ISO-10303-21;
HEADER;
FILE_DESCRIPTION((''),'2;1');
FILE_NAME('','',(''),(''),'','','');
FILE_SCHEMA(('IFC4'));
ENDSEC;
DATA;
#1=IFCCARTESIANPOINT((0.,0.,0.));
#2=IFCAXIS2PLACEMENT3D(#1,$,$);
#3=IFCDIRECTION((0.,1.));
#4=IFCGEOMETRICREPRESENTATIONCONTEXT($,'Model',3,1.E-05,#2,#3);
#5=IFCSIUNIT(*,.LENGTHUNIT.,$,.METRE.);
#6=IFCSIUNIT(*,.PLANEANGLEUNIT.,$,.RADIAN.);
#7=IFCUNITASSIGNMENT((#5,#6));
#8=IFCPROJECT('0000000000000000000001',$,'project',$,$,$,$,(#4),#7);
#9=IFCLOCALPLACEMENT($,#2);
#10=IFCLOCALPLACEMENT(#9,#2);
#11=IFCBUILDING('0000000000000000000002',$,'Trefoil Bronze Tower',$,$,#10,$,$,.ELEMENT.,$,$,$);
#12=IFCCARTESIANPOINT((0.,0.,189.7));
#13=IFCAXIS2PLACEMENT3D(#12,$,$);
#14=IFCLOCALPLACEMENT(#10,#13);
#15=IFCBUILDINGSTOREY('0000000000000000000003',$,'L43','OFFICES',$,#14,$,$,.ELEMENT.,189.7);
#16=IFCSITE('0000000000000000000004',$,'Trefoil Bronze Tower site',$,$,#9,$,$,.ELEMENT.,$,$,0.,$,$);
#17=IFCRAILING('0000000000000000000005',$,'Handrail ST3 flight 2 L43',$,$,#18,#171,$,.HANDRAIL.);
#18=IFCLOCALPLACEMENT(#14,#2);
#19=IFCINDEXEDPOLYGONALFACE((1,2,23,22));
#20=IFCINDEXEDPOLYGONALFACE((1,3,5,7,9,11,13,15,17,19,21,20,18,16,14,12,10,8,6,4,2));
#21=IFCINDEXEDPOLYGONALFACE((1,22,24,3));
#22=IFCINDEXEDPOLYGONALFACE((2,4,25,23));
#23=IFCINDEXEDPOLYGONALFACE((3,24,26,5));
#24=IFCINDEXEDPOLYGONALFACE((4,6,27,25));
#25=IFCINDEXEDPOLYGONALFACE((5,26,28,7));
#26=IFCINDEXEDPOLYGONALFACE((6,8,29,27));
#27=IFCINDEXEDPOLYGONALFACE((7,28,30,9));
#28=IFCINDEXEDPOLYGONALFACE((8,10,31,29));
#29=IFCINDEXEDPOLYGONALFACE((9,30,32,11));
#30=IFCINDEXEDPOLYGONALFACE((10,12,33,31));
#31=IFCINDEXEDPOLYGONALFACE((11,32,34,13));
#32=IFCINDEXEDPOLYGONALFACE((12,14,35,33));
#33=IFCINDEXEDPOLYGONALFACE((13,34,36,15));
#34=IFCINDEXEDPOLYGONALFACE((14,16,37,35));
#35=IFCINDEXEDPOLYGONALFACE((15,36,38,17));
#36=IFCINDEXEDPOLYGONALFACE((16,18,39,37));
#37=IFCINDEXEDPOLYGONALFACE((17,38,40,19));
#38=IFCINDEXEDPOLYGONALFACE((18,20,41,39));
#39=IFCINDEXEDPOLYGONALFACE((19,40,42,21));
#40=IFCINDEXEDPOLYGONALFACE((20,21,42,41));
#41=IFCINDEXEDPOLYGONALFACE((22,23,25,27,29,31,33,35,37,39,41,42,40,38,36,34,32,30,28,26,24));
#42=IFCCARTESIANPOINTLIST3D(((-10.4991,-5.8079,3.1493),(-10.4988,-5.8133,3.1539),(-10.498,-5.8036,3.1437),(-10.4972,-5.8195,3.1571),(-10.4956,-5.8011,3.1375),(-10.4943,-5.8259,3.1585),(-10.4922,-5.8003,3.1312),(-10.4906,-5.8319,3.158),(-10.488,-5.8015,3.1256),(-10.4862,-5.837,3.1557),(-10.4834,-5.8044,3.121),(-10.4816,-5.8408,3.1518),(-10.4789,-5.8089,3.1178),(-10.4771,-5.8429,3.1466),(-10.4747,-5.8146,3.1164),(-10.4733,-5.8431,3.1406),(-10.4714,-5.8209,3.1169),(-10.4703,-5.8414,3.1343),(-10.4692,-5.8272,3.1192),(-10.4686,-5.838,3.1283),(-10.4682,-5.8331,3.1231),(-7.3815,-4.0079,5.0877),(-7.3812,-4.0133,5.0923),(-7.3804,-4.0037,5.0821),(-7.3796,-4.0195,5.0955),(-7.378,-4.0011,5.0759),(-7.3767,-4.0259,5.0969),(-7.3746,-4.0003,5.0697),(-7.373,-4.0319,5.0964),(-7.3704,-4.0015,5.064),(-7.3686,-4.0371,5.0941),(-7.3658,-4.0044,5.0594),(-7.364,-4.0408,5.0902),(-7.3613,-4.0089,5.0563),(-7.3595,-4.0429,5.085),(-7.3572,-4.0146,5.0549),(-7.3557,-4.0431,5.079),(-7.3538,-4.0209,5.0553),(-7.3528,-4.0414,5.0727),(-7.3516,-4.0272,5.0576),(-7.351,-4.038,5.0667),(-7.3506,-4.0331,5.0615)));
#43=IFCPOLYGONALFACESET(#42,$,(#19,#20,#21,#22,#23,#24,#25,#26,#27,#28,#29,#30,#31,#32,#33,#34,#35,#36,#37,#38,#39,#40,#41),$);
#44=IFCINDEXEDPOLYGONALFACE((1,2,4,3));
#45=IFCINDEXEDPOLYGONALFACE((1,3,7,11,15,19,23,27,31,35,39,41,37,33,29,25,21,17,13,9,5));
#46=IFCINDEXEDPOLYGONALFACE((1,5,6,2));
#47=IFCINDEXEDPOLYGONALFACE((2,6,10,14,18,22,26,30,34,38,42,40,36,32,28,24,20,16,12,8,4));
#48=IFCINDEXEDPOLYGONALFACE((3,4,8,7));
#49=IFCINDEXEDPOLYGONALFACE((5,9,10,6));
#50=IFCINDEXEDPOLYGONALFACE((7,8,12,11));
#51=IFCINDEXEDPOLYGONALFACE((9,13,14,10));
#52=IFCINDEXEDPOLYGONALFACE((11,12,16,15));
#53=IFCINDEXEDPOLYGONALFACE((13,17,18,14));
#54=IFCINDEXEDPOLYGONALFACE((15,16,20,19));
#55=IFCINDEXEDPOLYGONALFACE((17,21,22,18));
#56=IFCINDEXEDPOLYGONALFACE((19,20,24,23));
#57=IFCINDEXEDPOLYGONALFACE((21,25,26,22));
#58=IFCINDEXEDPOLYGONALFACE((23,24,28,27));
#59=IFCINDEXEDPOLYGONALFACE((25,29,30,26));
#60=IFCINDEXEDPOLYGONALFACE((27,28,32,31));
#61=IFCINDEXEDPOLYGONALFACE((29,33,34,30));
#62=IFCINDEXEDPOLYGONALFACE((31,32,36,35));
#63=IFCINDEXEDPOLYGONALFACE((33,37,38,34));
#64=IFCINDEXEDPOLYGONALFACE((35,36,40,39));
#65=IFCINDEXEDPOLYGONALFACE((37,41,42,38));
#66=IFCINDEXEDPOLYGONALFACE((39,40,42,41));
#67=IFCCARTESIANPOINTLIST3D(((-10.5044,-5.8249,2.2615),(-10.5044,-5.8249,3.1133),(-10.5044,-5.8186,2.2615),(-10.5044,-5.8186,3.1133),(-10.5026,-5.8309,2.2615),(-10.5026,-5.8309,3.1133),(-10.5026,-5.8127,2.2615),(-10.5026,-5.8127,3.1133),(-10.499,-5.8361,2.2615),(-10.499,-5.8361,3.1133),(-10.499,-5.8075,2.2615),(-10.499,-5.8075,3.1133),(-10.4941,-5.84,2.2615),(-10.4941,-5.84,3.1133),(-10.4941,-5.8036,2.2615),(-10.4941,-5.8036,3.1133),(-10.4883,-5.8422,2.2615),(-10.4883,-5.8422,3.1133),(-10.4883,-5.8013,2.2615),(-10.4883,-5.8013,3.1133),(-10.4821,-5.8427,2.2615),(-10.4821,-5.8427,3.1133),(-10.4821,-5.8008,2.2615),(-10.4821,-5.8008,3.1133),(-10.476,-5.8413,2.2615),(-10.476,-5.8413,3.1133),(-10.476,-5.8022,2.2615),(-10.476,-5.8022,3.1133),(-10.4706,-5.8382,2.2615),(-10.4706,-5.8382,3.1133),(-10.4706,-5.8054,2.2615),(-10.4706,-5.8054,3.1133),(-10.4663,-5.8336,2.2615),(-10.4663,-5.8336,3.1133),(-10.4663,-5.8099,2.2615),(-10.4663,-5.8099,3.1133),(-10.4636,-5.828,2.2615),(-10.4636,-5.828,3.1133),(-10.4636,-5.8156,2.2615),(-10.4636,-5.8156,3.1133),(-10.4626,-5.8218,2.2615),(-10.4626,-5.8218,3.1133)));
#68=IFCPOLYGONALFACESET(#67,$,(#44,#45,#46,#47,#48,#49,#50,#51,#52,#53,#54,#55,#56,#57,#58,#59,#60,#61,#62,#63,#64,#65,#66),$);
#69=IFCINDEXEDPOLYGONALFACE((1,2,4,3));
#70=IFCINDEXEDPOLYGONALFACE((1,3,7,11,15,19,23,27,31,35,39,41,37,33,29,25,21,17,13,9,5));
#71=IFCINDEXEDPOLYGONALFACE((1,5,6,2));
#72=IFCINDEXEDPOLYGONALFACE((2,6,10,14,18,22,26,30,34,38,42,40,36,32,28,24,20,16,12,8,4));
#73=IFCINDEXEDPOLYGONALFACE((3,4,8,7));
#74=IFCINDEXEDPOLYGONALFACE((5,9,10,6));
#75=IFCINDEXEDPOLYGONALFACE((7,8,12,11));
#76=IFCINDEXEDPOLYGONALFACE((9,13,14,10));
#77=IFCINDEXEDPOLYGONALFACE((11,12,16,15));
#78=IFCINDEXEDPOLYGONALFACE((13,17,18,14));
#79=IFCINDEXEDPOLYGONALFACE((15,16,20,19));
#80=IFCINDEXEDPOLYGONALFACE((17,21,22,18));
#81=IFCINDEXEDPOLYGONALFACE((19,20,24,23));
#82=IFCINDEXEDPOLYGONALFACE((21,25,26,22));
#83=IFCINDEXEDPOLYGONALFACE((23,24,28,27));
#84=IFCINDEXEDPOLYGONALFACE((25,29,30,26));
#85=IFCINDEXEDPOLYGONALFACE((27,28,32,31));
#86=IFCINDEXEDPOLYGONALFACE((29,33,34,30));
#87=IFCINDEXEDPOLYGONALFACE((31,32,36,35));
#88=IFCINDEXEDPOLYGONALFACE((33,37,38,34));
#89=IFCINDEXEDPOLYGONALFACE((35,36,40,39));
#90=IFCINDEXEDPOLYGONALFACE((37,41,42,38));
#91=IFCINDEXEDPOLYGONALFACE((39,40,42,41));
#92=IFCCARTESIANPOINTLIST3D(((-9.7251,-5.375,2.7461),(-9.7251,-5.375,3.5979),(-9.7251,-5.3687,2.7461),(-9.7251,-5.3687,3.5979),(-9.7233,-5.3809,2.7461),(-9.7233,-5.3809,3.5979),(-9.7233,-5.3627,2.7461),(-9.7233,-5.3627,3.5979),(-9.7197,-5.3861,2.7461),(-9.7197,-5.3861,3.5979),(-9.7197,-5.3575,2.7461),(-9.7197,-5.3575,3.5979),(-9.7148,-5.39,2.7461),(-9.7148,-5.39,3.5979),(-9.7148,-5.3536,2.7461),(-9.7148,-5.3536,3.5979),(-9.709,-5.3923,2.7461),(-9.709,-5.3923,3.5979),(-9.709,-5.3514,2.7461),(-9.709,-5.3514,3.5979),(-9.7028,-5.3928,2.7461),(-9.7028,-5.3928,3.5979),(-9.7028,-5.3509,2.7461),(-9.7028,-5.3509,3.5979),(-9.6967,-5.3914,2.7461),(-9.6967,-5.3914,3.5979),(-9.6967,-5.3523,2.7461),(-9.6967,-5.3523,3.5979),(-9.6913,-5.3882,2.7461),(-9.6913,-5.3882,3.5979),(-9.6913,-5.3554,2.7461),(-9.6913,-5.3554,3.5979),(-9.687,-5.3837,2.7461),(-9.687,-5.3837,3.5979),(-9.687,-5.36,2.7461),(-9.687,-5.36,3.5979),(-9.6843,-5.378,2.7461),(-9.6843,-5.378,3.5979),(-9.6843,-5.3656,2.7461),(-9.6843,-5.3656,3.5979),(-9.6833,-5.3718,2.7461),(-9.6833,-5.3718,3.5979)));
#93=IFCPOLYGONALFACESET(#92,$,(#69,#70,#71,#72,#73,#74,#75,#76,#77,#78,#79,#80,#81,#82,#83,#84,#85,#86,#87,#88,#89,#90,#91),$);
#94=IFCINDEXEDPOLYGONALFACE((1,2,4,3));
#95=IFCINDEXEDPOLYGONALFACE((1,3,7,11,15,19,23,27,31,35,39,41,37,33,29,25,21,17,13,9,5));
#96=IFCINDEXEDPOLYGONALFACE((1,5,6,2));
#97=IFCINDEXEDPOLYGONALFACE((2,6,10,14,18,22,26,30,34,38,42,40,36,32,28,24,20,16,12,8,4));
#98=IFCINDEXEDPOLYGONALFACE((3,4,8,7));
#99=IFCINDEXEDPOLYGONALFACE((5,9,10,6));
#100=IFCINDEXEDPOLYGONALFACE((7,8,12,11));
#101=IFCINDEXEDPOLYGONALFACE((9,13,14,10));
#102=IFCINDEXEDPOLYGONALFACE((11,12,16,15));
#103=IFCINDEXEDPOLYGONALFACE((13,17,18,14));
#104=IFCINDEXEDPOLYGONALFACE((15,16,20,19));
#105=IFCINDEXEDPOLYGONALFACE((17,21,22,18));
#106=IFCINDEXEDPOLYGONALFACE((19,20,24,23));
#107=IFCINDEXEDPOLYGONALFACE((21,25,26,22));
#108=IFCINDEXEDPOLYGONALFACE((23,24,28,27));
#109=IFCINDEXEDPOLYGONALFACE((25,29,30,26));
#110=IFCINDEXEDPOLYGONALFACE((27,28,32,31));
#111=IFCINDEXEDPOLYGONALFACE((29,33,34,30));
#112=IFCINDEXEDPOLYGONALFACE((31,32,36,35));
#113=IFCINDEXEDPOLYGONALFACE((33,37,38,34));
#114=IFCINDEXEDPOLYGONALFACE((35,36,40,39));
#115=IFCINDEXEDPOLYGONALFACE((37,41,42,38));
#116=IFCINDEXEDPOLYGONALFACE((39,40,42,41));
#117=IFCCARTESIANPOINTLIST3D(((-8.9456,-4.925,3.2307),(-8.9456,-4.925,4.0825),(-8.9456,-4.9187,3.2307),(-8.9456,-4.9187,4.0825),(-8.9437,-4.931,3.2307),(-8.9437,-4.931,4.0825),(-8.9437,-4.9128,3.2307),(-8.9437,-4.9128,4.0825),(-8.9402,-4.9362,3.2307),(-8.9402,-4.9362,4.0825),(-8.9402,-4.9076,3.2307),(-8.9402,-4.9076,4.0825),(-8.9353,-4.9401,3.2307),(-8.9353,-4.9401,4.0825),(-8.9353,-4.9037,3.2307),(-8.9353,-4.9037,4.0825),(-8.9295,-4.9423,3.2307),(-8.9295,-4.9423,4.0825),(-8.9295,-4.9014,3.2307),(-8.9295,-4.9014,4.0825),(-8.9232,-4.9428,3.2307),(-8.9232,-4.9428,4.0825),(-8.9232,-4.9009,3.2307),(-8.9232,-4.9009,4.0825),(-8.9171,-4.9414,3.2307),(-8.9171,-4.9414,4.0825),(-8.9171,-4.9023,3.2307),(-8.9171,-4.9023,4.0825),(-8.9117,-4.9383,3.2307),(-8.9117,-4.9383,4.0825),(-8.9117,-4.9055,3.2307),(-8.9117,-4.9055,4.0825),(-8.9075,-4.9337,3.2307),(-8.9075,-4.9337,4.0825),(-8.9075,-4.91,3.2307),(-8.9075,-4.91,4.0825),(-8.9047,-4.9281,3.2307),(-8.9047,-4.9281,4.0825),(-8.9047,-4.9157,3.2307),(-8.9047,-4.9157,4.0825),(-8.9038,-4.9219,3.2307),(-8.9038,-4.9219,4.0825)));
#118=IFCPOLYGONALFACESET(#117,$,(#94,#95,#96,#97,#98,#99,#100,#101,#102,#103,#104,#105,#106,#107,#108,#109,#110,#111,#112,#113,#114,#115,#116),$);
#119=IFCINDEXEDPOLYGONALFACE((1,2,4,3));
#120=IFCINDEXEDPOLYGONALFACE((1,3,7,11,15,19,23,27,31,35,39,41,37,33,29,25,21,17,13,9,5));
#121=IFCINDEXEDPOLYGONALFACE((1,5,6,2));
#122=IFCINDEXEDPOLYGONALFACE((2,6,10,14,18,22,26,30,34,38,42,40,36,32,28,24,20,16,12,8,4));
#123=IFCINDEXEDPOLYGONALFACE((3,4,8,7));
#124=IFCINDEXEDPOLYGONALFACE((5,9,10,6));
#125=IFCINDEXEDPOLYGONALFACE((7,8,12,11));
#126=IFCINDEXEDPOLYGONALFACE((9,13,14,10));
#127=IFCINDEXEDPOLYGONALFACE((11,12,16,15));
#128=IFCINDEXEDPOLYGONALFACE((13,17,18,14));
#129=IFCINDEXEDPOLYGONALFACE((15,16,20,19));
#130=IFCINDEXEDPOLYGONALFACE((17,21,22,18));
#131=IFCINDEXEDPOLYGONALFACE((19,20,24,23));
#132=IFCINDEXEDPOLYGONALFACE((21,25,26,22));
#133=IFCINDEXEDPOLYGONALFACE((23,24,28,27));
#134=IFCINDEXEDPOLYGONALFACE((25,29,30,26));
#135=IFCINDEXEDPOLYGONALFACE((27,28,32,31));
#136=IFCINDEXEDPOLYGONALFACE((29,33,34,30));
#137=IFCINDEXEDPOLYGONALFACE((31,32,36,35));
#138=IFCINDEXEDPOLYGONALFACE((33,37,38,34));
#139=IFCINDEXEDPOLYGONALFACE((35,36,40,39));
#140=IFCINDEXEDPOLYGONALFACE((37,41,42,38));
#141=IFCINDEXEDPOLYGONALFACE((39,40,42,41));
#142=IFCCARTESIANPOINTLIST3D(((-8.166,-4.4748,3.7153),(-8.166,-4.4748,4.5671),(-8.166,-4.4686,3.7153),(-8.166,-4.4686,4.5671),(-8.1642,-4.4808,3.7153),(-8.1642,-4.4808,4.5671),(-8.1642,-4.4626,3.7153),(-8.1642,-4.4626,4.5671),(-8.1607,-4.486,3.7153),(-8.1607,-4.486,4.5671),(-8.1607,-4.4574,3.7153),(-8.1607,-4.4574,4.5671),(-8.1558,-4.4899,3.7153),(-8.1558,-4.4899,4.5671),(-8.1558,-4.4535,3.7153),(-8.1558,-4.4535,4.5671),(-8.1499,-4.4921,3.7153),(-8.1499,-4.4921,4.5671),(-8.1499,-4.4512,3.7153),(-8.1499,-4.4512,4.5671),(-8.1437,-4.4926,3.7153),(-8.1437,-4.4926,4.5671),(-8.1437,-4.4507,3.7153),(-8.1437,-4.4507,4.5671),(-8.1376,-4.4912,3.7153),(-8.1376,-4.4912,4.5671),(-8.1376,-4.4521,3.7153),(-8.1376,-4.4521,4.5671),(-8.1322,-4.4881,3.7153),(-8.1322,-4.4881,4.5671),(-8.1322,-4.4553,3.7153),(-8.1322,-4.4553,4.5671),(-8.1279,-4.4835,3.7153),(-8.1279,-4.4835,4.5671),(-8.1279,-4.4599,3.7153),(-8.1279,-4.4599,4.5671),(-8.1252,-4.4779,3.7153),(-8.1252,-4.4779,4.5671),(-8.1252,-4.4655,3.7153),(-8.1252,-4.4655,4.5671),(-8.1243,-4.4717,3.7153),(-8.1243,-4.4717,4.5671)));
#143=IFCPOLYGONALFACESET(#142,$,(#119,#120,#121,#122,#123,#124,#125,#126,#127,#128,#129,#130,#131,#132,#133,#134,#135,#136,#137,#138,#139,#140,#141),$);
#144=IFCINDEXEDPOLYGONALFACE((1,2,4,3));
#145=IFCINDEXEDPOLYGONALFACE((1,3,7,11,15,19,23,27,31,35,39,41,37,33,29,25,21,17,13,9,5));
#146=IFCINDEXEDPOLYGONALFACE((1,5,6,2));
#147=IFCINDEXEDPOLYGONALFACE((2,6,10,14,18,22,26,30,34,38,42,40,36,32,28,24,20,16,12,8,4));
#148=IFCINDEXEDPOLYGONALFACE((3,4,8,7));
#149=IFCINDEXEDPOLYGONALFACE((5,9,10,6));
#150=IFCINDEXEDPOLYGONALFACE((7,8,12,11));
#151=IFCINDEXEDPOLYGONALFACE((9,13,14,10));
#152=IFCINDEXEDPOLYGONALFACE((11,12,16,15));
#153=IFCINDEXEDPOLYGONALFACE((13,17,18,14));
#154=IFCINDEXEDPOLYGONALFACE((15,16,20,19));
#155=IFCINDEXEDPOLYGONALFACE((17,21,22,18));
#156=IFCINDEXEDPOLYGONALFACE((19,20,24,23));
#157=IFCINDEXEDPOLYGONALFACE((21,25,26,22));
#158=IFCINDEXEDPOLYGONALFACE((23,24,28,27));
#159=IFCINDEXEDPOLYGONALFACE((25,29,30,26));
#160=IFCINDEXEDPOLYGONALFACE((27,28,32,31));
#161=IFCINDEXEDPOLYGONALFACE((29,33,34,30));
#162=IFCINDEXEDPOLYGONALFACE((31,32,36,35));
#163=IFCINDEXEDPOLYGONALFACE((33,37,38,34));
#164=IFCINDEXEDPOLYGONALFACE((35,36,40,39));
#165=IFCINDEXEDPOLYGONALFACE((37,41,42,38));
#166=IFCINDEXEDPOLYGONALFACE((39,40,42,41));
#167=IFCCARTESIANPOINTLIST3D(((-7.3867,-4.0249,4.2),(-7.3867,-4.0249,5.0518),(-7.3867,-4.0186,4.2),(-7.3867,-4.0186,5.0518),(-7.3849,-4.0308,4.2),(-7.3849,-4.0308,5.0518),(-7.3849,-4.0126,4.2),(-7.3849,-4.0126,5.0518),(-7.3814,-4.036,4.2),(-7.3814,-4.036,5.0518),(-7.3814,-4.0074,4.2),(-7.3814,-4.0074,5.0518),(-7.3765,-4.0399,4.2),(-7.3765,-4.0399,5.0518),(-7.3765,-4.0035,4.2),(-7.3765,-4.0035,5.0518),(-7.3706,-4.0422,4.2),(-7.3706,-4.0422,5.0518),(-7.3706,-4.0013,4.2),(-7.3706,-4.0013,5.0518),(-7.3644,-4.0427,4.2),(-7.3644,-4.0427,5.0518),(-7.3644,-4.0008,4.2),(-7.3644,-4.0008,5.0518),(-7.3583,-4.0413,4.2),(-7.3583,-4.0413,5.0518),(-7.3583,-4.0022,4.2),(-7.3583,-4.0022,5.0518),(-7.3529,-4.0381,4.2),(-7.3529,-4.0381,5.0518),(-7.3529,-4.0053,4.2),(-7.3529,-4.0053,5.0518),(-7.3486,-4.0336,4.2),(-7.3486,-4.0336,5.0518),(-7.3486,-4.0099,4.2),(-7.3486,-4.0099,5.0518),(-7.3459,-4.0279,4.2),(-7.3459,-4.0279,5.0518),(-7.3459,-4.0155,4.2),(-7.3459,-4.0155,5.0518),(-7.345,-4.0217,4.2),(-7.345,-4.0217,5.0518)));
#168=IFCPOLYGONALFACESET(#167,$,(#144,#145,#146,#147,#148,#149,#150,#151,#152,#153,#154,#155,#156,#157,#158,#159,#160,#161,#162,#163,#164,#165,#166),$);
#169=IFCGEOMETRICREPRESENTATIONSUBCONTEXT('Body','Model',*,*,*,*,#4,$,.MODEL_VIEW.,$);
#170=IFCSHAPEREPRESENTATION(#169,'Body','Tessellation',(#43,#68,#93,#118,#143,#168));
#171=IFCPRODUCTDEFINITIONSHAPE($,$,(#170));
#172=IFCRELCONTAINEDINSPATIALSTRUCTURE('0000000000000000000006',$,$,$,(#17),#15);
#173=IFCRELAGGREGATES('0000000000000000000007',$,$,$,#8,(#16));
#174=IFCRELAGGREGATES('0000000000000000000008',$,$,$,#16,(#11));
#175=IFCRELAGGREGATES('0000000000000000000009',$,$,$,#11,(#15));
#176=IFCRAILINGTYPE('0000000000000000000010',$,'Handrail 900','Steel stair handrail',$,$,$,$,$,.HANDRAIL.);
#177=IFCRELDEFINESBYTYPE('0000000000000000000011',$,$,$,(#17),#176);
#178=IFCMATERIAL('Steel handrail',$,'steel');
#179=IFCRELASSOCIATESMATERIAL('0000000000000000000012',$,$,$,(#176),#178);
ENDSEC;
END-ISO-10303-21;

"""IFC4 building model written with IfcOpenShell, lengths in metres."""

from ifc_helpers import new_model, si_unit, direction, frame, origin, origin_2d, place, context, subcontext, project, spatial, circle, extrude, material, type_object, element, save


model = new_model("IFC4")

# Units and contexts
model_context = context("Model", 3, precision=1e-05, world=origin(), true_north=direction((0.0, 1.0)))
body_context = subcontext(model_context, "Body", "Model", "MODEL_VIEW")
ifc_project = project(units=[si_unit("LENGTHUNIT", "METRE"), si_unit("PLANEANGLEUNIT", "RADIAN")], contexts=[model_context])

# Site, building, storey
site_placement = place(None, origin())
site = spatial("IfcSite", under=ifc_project, at=site_placement, Name="Trefoil Bronze Tower site", CompositionType="ELEMENT", RefElevation=0.0)
building_placement = place(site_placement, origin())
building = spatial("IfcBuilding", under=site, at=building_placement, Name="Trefoil Bronze Tower", CompositionType="ELEMENT")
storey_placement = place(building_placement, frame((0.0, 0.0, 189.7)))
storey = spatial("IfcBuildingStorey", under=building, at=storey_placement, Name="L43", Description="OFFICES", CompositionType="ELEMENT", Elevation=189.7)

# Railing
ifc_material_1 = material(Name="Steel handrail", Category="steel")
railing_type = type_object("IfcRailingType", Name="Handrail 900", Description="Steel stair handrail", PredefinedType="HANDRAIL", material=ifc_material_1)
railing_1_placement = place(storey_placement, frame((-10.4836, -5.8218, 2.2615)))
element("IfcRailing", 1, at=railing_1_placement, inside=storey, type_object=railing_type, Name="Handrail ST3 flight 2 L43", PredefinedType="HANDRAIL", context=body_context, shape_type="SweptSolid", body=[
    extrude(circle(Radius=0.0239, at=origin_2d()), frame((0.0, 0.0, 0.876), z_axis=(0.762503, 0.440246, 0.474102), x_axis=(-0.500012, 0.866018, 0.0)), (0.0, 0.0, 1.0), 4.0886),
    extrude(circle(Radius=0.021, at=origin_2d()), origin(), (0.0, 0.0, 1.0), 0.8518),
    extrude(circle(Radius=0.021, at=origin_2d()), frame((0.7793, 0.45, 0.4846)), (0.0, 0.0, 1.0), 0.8518),
    extrude(circle(Radius=0.021, at=origin_2d()), frame((1.5588, 0.8999, 0.9692)), (0.0, 0.0, 1.0), 0.8518),
    extrude(circle(Radius=0.021, at=origin_2d()), frame((2.3384, 1.3501, 1.4539)), (0.0, 0.0, 1.0), 0.8518),
    extrude(circle(Radius=0.021, at=origin_2d()), frame((3.1177, 1.8, 1.9385)), (0.0, 0.0, 1.0), 0.8518),
])

save(model, "model.ifc")
